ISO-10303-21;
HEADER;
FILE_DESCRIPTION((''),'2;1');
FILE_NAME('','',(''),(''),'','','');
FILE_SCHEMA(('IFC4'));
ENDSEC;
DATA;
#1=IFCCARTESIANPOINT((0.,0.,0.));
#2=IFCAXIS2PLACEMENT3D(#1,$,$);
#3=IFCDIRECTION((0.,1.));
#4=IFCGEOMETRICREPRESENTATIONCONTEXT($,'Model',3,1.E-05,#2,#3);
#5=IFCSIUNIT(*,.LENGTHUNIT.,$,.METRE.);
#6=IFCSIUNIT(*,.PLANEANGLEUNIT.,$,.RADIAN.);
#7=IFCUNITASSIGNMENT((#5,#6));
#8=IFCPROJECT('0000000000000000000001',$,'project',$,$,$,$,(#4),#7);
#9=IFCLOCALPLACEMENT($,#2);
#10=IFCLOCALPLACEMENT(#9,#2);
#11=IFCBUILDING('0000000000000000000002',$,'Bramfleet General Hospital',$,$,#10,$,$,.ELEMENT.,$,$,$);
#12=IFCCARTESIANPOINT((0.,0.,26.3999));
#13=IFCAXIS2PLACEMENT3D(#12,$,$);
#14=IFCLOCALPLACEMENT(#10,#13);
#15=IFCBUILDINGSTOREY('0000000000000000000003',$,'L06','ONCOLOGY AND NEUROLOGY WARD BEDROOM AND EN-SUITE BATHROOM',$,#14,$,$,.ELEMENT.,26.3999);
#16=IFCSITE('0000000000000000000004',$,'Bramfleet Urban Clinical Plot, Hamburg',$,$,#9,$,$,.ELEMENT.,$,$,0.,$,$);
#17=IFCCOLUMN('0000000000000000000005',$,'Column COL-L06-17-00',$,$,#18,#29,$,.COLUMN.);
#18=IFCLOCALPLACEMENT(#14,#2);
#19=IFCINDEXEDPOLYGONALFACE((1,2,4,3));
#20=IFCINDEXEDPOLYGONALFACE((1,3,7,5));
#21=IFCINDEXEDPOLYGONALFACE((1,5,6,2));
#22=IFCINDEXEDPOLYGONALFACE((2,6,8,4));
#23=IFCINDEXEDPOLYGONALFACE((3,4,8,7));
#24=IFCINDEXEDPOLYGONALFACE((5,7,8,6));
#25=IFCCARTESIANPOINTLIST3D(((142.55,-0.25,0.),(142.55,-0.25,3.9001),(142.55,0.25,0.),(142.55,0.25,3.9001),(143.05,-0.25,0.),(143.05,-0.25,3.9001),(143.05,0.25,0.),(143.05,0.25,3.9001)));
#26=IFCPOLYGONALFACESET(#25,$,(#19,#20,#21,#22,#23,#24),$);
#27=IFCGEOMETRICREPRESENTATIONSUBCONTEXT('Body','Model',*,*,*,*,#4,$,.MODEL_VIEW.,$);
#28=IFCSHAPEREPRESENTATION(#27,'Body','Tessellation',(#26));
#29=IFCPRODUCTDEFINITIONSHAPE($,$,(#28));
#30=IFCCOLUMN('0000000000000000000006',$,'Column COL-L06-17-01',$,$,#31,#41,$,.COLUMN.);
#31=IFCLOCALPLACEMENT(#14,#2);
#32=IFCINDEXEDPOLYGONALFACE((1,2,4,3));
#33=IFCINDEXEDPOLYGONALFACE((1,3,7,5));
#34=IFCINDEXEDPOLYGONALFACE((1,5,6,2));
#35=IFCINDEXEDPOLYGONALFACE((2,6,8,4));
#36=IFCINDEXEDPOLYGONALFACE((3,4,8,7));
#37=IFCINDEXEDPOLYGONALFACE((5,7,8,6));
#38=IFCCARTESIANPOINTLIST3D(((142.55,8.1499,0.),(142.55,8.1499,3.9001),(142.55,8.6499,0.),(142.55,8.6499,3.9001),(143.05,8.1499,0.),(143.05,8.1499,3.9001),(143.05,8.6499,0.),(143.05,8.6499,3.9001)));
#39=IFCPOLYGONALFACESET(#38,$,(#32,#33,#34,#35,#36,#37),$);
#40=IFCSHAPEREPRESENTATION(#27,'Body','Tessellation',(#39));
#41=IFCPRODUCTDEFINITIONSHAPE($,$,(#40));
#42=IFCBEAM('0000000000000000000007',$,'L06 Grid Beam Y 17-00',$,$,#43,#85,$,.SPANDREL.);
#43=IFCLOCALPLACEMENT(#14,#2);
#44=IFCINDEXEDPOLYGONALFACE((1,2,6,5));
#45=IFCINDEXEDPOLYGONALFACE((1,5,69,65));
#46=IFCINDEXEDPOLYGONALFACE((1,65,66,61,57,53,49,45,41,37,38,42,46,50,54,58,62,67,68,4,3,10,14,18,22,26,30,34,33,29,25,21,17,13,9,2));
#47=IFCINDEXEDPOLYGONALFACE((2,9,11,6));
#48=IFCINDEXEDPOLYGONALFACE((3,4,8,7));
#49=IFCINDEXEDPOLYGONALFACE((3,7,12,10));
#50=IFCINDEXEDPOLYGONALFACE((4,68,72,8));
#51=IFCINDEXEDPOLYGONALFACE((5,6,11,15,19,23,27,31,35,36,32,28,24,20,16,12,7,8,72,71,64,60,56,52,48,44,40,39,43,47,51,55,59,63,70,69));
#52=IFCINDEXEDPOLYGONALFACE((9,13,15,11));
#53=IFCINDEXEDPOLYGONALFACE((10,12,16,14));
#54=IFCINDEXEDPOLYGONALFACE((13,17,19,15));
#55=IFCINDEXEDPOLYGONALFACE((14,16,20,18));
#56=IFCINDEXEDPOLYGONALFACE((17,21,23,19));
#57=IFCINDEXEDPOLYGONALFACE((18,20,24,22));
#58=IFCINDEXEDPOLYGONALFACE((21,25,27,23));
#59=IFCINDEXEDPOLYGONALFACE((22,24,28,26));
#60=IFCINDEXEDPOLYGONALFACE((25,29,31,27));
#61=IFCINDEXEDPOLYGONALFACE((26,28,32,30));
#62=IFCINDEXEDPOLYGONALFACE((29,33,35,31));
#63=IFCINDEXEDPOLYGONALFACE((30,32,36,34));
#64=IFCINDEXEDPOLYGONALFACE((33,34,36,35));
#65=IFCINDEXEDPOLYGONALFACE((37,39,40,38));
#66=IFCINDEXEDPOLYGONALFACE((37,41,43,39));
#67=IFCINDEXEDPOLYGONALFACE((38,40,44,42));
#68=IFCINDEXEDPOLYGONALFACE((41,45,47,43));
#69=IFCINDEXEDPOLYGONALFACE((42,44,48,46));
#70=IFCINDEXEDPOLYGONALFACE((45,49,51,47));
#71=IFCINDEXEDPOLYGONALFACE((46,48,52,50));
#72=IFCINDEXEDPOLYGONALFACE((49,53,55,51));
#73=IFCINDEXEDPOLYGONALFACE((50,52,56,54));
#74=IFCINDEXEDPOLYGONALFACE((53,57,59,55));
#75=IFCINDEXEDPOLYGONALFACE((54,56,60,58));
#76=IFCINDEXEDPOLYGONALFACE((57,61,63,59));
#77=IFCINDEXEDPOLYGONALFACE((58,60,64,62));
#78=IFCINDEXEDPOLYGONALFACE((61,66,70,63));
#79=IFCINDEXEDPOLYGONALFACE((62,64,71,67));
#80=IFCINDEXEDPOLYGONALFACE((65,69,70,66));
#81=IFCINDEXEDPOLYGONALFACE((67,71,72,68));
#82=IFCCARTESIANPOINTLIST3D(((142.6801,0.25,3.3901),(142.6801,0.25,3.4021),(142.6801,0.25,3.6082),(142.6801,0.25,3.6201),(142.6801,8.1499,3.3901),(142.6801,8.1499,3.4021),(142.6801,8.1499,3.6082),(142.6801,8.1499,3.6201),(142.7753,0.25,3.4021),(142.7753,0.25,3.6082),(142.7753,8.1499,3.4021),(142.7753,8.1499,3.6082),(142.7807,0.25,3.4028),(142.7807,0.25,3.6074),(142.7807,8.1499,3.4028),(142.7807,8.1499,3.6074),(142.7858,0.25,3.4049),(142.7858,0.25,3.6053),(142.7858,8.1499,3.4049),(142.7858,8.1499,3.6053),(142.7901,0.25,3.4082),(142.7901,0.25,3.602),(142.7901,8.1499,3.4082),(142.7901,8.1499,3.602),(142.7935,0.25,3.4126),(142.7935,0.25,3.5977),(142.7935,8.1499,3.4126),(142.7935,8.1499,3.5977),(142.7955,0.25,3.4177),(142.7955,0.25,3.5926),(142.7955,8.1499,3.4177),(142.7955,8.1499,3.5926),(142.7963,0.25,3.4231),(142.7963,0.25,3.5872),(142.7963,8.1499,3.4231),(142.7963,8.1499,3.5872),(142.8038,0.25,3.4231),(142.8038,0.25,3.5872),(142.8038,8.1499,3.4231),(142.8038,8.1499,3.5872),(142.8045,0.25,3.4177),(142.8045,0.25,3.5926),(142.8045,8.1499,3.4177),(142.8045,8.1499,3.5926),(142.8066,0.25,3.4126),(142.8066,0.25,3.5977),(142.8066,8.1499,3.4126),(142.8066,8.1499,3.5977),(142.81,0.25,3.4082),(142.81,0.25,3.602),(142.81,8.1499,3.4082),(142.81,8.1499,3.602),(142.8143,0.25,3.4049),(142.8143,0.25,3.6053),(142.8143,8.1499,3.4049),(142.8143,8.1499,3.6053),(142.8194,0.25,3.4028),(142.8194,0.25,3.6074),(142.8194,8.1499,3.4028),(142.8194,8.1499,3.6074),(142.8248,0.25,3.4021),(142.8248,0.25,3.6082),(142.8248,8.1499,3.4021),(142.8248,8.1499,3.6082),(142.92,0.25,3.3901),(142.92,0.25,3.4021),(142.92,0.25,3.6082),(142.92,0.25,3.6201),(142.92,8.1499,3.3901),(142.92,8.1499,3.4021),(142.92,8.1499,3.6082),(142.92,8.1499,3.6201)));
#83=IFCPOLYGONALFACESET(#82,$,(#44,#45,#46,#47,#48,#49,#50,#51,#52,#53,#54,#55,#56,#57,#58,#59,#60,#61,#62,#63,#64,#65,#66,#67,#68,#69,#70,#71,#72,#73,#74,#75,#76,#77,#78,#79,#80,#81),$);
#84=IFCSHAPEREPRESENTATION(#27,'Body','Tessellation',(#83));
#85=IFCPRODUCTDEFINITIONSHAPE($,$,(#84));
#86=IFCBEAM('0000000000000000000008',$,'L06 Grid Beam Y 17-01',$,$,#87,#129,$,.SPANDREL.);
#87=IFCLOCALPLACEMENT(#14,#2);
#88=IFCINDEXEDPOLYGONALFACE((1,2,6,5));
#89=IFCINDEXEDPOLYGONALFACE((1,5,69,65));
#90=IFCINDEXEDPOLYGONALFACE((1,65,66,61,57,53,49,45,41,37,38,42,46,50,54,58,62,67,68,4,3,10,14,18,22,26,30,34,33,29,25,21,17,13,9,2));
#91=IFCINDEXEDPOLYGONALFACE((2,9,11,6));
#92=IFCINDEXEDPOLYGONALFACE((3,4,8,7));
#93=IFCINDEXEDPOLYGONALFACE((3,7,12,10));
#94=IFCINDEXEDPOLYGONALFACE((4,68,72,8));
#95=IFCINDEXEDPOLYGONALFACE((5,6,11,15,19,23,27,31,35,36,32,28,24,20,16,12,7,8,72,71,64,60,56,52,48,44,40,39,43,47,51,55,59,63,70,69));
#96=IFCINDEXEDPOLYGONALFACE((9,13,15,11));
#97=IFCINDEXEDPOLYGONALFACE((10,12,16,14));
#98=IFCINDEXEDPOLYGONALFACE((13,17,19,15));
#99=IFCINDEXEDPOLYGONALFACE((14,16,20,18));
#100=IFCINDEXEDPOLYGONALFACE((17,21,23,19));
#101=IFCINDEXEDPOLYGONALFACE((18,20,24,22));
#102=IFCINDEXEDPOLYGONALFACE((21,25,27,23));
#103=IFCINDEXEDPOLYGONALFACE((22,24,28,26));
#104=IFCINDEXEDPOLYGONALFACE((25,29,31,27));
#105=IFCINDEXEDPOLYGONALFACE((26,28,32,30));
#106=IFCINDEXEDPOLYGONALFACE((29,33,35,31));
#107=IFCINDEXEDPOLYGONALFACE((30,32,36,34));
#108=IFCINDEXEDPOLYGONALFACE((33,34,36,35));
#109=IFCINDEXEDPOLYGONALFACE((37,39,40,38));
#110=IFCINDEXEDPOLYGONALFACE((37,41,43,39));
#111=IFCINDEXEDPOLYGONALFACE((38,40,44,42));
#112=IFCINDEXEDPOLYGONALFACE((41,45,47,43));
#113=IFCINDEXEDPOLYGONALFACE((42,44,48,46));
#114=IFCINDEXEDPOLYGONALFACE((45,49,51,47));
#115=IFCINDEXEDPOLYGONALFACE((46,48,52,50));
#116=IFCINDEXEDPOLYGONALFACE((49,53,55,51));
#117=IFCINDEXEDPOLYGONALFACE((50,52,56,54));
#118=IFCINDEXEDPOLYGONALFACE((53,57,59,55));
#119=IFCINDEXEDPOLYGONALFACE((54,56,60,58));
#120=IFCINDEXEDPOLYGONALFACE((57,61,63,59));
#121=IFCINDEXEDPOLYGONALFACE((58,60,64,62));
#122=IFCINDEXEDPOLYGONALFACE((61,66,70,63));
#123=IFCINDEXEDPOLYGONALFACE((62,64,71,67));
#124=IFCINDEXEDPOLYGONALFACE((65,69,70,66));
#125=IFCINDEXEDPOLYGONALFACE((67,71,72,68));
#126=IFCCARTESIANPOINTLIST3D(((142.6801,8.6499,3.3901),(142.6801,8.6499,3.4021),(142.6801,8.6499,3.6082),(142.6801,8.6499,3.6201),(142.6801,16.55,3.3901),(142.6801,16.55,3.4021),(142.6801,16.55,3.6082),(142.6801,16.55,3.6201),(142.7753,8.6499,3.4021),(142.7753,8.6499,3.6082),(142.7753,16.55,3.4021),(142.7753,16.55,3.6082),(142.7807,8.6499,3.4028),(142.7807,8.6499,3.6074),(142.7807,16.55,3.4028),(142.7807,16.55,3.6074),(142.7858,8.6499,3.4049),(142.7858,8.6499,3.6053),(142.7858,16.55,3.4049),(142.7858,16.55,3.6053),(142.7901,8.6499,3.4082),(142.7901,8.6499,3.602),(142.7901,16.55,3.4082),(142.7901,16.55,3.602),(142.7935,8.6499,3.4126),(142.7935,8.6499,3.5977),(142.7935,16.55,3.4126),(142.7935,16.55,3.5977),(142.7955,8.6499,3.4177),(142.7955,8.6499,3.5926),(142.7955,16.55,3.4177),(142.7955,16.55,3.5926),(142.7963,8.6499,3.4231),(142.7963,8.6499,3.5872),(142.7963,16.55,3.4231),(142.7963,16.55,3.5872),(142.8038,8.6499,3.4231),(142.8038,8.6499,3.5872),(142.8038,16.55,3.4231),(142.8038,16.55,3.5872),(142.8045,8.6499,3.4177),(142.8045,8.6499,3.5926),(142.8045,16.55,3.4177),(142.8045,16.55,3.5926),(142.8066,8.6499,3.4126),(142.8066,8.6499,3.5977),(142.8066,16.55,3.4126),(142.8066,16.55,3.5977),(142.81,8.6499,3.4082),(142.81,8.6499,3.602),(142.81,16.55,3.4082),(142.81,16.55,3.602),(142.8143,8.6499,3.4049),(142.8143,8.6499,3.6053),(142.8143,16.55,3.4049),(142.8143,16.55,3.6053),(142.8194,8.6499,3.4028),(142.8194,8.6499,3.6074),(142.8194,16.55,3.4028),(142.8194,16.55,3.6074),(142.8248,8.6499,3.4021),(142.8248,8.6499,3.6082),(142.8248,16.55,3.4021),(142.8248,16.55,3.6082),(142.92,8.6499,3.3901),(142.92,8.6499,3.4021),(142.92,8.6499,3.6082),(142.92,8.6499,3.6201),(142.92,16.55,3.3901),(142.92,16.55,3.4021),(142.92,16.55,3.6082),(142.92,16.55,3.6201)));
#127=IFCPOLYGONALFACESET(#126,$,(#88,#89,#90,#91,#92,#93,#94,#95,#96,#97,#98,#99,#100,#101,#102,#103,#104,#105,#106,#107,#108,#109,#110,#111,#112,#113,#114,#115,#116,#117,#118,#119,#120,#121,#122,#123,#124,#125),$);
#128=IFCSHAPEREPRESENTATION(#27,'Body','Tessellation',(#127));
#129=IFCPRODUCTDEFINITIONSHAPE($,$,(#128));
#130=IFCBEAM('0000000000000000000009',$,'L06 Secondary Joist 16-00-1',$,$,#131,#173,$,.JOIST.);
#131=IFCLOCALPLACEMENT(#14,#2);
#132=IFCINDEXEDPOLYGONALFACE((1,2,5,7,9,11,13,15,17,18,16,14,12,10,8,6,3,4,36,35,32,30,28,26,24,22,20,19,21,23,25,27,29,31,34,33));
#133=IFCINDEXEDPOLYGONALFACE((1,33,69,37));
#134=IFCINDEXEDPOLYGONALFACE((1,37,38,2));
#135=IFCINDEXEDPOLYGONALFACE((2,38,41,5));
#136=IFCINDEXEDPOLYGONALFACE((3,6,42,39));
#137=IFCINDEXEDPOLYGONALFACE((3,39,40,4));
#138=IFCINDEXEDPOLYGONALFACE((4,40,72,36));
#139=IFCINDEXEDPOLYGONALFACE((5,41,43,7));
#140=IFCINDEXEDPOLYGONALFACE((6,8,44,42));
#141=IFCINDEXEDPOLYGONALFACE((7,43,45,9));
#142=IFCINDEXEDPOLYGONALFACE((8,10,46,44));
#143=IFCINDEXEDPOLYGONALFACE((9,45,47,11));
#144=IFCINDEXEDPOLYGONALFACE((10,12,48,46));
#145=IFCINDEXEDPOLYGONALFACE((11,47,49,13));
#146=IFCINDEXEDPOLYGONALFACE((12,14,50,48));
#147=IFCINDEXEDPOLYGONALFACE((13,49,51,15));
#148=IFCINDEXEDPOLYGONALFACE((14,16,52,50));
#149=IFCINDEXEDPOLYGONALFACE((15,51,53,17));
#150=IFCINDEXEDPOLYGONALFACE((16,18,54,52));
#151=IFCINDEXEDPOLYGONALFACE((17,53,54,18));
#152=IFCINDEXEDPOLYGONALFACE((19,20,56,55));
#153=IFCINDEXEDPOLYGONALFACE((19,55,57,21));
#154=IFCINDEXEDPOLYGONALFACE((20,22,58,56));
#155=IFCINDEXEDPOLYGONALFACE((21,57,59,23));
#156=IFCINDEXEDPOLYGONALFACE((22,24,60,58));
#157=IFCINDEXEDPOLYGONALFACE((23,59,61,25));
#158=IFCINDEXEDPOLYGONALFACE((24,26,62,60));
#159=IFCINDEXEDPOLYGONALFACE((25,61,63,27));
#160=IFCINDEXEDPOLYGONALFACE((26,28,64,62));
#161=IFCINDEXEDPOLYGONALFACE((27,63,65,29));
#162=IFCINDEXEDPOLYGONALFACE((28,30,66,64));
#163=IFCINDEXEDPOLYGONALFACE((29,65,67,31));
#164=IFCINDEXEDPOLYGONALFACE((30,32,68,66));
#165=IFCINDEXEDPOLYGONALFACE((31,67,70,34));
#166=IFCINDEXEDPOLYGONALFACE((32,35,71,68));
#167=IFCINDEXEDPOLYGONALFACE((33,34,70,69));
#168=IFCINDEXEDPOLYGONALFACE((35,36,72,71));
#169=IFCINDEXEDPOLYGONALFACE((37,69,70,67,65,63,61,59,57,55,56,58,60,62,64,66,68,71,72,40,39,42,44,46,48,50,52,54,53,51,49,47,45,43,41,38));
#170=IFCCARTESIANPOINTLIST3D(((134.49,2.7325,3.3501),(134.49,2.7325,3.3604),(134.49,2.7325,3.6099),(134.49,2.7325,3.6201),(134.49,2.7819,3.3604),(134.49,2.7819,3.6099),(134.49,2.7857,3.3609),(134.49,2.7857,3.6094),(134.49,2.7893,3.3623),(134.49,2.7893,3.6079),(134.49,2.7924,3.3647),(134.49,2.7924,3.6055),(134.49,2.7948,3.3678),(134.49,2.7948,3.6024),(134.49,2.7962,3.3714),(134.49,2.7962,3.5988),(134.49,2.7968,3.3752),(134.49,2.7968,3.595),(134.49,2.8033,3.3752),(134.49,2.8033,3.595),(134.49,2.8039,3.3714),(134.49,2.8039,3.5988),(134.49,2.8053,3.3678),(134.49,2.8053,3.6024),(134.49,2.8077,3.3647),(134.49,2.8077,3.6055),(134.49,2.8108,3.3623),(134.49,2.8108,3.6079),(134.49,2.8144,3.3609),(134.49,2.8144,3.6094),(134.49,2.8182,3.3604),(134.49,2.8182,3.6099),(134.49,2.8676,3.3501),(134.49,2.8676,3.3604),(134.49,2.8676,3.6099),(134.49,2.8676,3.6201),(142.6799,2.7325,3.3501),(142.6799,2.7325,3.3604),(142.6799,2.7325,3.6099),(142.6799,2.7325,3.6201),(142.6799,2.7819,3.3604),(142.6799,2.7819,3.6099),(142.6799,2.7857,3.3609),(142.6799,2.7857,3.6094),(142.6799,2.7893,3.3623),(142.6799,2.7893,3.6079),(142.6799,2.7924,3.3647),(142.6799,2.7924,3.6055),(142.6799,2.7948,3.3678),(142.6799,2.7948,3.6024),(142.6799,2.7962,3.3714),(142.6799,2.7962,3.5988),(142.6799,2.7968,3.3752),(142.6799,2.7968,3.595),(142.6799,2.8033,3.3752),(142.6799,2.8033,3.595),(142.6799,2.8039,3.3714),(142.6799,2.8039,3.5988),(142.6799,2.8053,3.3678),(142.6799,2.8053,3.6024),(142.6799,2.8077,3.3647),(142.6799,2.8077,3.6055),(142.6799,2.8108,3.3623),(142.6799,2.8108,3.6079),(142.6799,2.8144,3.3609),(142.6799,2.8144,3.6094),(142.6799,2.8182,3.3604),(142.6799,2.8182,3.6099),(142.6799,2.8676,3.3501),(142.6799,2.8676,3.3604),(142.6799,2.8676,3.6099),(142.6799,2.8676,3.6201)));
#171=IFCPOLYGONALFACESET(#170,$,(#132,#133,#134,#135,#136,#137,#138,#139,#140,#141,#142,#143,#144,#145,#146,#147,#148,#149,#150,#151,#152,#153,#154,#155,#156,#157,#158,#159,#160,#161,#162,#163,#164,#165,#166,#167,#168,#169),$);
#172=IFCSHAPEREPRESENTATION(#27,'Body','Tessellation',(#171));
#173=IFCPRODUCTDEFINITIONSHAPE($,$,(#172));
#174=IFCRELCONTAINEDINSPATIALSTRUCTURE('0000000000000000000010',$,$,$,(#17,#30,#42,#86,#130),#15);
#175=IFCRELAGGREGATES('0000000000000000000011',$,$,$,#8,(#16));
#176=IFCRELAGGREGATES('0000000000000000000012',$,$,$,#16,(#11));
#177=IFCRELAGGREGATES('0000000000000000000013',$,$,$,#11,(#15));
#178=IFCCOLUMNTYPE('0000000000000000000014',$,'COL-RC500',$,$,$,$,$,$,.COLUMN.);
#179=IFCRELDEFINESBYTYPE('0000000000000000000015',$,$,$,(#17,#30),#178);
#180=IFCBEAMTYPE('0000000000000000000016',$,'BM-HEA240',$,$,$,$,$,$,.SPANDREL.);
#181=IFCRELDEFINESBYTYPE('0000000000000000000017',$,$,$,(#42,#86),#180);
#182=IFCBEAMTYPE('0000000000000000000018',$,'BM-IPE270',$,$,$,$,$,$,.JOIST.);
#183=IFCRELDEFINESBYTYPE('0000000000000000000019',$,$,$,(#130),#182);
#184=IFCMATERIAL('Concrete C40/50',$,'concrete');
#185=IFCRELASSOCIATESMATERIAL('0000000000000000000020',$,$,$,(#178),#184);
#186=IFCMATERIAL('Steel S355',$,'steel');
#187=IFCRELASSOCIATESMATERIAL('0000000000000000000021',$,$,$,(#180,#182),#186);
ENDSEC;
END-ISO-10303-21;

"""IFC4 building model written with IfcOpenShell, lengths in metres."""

from ifc_helpers import new_model, si_unit, direction, frame, origin, origin_2d, place, context, subcontext, project, spatial, rectangle, i_section, extrude, material, material_profile, profile_set, type_object, element, save


model = new_model("IFC4")

# Units and contexts
model_context = context("Model", 3, precision=1e-05, world=origin(), true_north=direction((0.0, 1.0)))
body_context = subcontext(model_context, "Body", "Model", "MODEL_VIEW")
ifc_project = project(units=[si_unit("LENGTHUNIT", "METRE"), si_unit("PLANEANGLEUNIT", "RADIAN")], contexts=[model_context])

# Site, building, storey
site_placement = place(None, origin())
site = spatial("IfcSite", under=ifc_project, at=site_placement, Name="Bramfleet Urban Clinical Plot, Hamburg", CompositionType="ELEMENT", RefElevation=0.0)
building_placement = place(site_placement, origin())
building = spatial("IfcBuilding", under=site, at=building_placement, Name="Bramfleet General Hospital", CompositionType="ELEMENT")
storey_placement = place(building_placement, frame((0.0, 0.0, 26.3999)))
storey = spatial("IfcBuildingStorey", under=building, at=storey_placement, Name="L06", Description="ONCOLOGY AND NEUROLOGY WARD BEDROOM AND EN-SUITE BATHROOM", CompositionType="ELEMENT", Elevation=26.3999)

# Columns
ifc_material_1 = material(Name="Concrete C40/50", Category="concrete")
ifc_material_profile_1 = material_profile(ifc_material_1, rectangle(XDim=0.5, YDim=0.5, at=origin_2d()), Name="RC COL 500x500")
ifc_profile_set_1 = profile_set([ifc_material_profile_1], Name="Concrete C40/50")
column_type = type_object("IfcColumnType", Name="COL-RC500", PredefinedType="COLUMN", material=ifc_profile_set_1)
for number, where, z_axis, x_axis, name in (
    (1, (142.8, 0.0, 0.0), (0.0, 0.0, 1.0), (1.0, 0.0, 0.0), "Column COL-L06-17-00"),
    (2, (142.8, 8.3999, 0.0), (0.0, 0.0, 1.0), (1.0, 0.0, 0.0), "Column COL-L06-17-01"),
):
    element("IfcColumn", number, at=place(storey_placement, frame(where, z_axis=z_axis, x_axis=x_axis)), inside=storey, type_object=column_type, Name=name, PredefinedType="COLUMN", context=body_context, shape_type="SweptSolid", body=[
        extrude(rectangle(XDim=0.5, YDim=0.5, at=origin_2d()), origin(), (0.0, 0.0, 1.0), 3.9001),
    ])

# Beams
ifc_material_2 = material(Name="Steel S355", Category="steel")
ifc_material_profile_2 = material_profile(ifc_material_2, i_section(OverallWidth=0.24, OverallDepth=0.23, WebThickness=0.0076, FlangeThickness=0.012, FilletRadius=0.021, at=origin_2d()), Name="HEA 240")
ifc_profile_set_2 = profile_set([ifc_material_profile_2], Name="Steel S355")
beam_type_1 = type_object("IfcBeamType", Name="BM-HEA240", PredefinedType="SPANDREL", material=ifc_profile_set_2)
beam_1_placement = place(storey_placement, frame((142.8, 0.25, 3.5051), z_axis=(0.0, 1.0, 0.0), x_axis=(-1.0, 0.0, 0.0)))
element("IfcBeam", 3, at=beam_1_placement, inside=storey, type_object=beam_type_1, Name="L06 Grid Beam Y 17-00", PredefinedType="SPANDREL", context=body_context, shape_type="SweptSolid", body=[
    extrude(i_section(OverallWidth=0.24, OverallDepth=0.23, WebThickness=0.0076, FlangeThickness=0.012, FilletRadius=0.021, at=origin_2d()), origin(), (0.0, 0.0, 1.0), 7.8999),
])
beam_2_placement = place(storey_placement, frame((142.8, 8.6499, 3.5051), z_axis=(0.0, 1.0, 0.0), x_axis=(-1.0, 0.0, 0.0)))
element("IfcBeam", 4, at=beam_2_placement, inside=storey, type_object=beam_type_1, Name="L06 Grid Beam Y 17-01", PredefinedType="SPANDREL", context=body_context, shape_type="SweptSolid", body=[
    extrude(i_section(OverallWidth=0.24, OverallDepth=0.23, WebThickness=0.0076, FlangeThickness=0.012, FilletRadius=0.021, at=origin_2d()), origin(), (0.0, 0.0, 1.0), 7.9001),
])
ifc_material_profile_3 = material_profile(ifc_material_2, i_section(OverallWidth=0.135, OverallDepth=0.27, WebThickness=0.0066, FlangeThickness=0.0103, FilletRadius=0.0149, at=origin_2d()), Name="IPE 270")
ifc_profile_set_3 = profile_set([ifc_material_profile_3], Name="Steel S355")
beam_type_2 = type_object("IfcBeamType", Name="BM-IPE270", PredefinedType="JOIST", material=ifc_profile_set_3)
for number, where, z_axis, x_axis, name in (
    (5, (134.49, 2.8, 3.4851), (1.0, 0.0, 0.0), (0.0, 1.0, 0.0), "L06 Secondary Joist 16-00-1"),
):
    element("IfcBeam", number, at=place(storey_placement, frame(where, z_axis=z_axis, x_axis=x_axis)), inside=storey, type_object=beam_type_2, Name=name, PredefinedType="JOIST", context=body_context, shape_type="SweptSolid", body=[
        extrude(i_section(OverallWidth=0.135, OverallDepth=0.27, WebThickness=0.0066, FlangeThickness=0.0103, FilletRadius=0.0149, at=origin_2d()), origin(), (0.0, 0.0, 1.0), 8.1899),
    ])

save(model, "model.ifc")
